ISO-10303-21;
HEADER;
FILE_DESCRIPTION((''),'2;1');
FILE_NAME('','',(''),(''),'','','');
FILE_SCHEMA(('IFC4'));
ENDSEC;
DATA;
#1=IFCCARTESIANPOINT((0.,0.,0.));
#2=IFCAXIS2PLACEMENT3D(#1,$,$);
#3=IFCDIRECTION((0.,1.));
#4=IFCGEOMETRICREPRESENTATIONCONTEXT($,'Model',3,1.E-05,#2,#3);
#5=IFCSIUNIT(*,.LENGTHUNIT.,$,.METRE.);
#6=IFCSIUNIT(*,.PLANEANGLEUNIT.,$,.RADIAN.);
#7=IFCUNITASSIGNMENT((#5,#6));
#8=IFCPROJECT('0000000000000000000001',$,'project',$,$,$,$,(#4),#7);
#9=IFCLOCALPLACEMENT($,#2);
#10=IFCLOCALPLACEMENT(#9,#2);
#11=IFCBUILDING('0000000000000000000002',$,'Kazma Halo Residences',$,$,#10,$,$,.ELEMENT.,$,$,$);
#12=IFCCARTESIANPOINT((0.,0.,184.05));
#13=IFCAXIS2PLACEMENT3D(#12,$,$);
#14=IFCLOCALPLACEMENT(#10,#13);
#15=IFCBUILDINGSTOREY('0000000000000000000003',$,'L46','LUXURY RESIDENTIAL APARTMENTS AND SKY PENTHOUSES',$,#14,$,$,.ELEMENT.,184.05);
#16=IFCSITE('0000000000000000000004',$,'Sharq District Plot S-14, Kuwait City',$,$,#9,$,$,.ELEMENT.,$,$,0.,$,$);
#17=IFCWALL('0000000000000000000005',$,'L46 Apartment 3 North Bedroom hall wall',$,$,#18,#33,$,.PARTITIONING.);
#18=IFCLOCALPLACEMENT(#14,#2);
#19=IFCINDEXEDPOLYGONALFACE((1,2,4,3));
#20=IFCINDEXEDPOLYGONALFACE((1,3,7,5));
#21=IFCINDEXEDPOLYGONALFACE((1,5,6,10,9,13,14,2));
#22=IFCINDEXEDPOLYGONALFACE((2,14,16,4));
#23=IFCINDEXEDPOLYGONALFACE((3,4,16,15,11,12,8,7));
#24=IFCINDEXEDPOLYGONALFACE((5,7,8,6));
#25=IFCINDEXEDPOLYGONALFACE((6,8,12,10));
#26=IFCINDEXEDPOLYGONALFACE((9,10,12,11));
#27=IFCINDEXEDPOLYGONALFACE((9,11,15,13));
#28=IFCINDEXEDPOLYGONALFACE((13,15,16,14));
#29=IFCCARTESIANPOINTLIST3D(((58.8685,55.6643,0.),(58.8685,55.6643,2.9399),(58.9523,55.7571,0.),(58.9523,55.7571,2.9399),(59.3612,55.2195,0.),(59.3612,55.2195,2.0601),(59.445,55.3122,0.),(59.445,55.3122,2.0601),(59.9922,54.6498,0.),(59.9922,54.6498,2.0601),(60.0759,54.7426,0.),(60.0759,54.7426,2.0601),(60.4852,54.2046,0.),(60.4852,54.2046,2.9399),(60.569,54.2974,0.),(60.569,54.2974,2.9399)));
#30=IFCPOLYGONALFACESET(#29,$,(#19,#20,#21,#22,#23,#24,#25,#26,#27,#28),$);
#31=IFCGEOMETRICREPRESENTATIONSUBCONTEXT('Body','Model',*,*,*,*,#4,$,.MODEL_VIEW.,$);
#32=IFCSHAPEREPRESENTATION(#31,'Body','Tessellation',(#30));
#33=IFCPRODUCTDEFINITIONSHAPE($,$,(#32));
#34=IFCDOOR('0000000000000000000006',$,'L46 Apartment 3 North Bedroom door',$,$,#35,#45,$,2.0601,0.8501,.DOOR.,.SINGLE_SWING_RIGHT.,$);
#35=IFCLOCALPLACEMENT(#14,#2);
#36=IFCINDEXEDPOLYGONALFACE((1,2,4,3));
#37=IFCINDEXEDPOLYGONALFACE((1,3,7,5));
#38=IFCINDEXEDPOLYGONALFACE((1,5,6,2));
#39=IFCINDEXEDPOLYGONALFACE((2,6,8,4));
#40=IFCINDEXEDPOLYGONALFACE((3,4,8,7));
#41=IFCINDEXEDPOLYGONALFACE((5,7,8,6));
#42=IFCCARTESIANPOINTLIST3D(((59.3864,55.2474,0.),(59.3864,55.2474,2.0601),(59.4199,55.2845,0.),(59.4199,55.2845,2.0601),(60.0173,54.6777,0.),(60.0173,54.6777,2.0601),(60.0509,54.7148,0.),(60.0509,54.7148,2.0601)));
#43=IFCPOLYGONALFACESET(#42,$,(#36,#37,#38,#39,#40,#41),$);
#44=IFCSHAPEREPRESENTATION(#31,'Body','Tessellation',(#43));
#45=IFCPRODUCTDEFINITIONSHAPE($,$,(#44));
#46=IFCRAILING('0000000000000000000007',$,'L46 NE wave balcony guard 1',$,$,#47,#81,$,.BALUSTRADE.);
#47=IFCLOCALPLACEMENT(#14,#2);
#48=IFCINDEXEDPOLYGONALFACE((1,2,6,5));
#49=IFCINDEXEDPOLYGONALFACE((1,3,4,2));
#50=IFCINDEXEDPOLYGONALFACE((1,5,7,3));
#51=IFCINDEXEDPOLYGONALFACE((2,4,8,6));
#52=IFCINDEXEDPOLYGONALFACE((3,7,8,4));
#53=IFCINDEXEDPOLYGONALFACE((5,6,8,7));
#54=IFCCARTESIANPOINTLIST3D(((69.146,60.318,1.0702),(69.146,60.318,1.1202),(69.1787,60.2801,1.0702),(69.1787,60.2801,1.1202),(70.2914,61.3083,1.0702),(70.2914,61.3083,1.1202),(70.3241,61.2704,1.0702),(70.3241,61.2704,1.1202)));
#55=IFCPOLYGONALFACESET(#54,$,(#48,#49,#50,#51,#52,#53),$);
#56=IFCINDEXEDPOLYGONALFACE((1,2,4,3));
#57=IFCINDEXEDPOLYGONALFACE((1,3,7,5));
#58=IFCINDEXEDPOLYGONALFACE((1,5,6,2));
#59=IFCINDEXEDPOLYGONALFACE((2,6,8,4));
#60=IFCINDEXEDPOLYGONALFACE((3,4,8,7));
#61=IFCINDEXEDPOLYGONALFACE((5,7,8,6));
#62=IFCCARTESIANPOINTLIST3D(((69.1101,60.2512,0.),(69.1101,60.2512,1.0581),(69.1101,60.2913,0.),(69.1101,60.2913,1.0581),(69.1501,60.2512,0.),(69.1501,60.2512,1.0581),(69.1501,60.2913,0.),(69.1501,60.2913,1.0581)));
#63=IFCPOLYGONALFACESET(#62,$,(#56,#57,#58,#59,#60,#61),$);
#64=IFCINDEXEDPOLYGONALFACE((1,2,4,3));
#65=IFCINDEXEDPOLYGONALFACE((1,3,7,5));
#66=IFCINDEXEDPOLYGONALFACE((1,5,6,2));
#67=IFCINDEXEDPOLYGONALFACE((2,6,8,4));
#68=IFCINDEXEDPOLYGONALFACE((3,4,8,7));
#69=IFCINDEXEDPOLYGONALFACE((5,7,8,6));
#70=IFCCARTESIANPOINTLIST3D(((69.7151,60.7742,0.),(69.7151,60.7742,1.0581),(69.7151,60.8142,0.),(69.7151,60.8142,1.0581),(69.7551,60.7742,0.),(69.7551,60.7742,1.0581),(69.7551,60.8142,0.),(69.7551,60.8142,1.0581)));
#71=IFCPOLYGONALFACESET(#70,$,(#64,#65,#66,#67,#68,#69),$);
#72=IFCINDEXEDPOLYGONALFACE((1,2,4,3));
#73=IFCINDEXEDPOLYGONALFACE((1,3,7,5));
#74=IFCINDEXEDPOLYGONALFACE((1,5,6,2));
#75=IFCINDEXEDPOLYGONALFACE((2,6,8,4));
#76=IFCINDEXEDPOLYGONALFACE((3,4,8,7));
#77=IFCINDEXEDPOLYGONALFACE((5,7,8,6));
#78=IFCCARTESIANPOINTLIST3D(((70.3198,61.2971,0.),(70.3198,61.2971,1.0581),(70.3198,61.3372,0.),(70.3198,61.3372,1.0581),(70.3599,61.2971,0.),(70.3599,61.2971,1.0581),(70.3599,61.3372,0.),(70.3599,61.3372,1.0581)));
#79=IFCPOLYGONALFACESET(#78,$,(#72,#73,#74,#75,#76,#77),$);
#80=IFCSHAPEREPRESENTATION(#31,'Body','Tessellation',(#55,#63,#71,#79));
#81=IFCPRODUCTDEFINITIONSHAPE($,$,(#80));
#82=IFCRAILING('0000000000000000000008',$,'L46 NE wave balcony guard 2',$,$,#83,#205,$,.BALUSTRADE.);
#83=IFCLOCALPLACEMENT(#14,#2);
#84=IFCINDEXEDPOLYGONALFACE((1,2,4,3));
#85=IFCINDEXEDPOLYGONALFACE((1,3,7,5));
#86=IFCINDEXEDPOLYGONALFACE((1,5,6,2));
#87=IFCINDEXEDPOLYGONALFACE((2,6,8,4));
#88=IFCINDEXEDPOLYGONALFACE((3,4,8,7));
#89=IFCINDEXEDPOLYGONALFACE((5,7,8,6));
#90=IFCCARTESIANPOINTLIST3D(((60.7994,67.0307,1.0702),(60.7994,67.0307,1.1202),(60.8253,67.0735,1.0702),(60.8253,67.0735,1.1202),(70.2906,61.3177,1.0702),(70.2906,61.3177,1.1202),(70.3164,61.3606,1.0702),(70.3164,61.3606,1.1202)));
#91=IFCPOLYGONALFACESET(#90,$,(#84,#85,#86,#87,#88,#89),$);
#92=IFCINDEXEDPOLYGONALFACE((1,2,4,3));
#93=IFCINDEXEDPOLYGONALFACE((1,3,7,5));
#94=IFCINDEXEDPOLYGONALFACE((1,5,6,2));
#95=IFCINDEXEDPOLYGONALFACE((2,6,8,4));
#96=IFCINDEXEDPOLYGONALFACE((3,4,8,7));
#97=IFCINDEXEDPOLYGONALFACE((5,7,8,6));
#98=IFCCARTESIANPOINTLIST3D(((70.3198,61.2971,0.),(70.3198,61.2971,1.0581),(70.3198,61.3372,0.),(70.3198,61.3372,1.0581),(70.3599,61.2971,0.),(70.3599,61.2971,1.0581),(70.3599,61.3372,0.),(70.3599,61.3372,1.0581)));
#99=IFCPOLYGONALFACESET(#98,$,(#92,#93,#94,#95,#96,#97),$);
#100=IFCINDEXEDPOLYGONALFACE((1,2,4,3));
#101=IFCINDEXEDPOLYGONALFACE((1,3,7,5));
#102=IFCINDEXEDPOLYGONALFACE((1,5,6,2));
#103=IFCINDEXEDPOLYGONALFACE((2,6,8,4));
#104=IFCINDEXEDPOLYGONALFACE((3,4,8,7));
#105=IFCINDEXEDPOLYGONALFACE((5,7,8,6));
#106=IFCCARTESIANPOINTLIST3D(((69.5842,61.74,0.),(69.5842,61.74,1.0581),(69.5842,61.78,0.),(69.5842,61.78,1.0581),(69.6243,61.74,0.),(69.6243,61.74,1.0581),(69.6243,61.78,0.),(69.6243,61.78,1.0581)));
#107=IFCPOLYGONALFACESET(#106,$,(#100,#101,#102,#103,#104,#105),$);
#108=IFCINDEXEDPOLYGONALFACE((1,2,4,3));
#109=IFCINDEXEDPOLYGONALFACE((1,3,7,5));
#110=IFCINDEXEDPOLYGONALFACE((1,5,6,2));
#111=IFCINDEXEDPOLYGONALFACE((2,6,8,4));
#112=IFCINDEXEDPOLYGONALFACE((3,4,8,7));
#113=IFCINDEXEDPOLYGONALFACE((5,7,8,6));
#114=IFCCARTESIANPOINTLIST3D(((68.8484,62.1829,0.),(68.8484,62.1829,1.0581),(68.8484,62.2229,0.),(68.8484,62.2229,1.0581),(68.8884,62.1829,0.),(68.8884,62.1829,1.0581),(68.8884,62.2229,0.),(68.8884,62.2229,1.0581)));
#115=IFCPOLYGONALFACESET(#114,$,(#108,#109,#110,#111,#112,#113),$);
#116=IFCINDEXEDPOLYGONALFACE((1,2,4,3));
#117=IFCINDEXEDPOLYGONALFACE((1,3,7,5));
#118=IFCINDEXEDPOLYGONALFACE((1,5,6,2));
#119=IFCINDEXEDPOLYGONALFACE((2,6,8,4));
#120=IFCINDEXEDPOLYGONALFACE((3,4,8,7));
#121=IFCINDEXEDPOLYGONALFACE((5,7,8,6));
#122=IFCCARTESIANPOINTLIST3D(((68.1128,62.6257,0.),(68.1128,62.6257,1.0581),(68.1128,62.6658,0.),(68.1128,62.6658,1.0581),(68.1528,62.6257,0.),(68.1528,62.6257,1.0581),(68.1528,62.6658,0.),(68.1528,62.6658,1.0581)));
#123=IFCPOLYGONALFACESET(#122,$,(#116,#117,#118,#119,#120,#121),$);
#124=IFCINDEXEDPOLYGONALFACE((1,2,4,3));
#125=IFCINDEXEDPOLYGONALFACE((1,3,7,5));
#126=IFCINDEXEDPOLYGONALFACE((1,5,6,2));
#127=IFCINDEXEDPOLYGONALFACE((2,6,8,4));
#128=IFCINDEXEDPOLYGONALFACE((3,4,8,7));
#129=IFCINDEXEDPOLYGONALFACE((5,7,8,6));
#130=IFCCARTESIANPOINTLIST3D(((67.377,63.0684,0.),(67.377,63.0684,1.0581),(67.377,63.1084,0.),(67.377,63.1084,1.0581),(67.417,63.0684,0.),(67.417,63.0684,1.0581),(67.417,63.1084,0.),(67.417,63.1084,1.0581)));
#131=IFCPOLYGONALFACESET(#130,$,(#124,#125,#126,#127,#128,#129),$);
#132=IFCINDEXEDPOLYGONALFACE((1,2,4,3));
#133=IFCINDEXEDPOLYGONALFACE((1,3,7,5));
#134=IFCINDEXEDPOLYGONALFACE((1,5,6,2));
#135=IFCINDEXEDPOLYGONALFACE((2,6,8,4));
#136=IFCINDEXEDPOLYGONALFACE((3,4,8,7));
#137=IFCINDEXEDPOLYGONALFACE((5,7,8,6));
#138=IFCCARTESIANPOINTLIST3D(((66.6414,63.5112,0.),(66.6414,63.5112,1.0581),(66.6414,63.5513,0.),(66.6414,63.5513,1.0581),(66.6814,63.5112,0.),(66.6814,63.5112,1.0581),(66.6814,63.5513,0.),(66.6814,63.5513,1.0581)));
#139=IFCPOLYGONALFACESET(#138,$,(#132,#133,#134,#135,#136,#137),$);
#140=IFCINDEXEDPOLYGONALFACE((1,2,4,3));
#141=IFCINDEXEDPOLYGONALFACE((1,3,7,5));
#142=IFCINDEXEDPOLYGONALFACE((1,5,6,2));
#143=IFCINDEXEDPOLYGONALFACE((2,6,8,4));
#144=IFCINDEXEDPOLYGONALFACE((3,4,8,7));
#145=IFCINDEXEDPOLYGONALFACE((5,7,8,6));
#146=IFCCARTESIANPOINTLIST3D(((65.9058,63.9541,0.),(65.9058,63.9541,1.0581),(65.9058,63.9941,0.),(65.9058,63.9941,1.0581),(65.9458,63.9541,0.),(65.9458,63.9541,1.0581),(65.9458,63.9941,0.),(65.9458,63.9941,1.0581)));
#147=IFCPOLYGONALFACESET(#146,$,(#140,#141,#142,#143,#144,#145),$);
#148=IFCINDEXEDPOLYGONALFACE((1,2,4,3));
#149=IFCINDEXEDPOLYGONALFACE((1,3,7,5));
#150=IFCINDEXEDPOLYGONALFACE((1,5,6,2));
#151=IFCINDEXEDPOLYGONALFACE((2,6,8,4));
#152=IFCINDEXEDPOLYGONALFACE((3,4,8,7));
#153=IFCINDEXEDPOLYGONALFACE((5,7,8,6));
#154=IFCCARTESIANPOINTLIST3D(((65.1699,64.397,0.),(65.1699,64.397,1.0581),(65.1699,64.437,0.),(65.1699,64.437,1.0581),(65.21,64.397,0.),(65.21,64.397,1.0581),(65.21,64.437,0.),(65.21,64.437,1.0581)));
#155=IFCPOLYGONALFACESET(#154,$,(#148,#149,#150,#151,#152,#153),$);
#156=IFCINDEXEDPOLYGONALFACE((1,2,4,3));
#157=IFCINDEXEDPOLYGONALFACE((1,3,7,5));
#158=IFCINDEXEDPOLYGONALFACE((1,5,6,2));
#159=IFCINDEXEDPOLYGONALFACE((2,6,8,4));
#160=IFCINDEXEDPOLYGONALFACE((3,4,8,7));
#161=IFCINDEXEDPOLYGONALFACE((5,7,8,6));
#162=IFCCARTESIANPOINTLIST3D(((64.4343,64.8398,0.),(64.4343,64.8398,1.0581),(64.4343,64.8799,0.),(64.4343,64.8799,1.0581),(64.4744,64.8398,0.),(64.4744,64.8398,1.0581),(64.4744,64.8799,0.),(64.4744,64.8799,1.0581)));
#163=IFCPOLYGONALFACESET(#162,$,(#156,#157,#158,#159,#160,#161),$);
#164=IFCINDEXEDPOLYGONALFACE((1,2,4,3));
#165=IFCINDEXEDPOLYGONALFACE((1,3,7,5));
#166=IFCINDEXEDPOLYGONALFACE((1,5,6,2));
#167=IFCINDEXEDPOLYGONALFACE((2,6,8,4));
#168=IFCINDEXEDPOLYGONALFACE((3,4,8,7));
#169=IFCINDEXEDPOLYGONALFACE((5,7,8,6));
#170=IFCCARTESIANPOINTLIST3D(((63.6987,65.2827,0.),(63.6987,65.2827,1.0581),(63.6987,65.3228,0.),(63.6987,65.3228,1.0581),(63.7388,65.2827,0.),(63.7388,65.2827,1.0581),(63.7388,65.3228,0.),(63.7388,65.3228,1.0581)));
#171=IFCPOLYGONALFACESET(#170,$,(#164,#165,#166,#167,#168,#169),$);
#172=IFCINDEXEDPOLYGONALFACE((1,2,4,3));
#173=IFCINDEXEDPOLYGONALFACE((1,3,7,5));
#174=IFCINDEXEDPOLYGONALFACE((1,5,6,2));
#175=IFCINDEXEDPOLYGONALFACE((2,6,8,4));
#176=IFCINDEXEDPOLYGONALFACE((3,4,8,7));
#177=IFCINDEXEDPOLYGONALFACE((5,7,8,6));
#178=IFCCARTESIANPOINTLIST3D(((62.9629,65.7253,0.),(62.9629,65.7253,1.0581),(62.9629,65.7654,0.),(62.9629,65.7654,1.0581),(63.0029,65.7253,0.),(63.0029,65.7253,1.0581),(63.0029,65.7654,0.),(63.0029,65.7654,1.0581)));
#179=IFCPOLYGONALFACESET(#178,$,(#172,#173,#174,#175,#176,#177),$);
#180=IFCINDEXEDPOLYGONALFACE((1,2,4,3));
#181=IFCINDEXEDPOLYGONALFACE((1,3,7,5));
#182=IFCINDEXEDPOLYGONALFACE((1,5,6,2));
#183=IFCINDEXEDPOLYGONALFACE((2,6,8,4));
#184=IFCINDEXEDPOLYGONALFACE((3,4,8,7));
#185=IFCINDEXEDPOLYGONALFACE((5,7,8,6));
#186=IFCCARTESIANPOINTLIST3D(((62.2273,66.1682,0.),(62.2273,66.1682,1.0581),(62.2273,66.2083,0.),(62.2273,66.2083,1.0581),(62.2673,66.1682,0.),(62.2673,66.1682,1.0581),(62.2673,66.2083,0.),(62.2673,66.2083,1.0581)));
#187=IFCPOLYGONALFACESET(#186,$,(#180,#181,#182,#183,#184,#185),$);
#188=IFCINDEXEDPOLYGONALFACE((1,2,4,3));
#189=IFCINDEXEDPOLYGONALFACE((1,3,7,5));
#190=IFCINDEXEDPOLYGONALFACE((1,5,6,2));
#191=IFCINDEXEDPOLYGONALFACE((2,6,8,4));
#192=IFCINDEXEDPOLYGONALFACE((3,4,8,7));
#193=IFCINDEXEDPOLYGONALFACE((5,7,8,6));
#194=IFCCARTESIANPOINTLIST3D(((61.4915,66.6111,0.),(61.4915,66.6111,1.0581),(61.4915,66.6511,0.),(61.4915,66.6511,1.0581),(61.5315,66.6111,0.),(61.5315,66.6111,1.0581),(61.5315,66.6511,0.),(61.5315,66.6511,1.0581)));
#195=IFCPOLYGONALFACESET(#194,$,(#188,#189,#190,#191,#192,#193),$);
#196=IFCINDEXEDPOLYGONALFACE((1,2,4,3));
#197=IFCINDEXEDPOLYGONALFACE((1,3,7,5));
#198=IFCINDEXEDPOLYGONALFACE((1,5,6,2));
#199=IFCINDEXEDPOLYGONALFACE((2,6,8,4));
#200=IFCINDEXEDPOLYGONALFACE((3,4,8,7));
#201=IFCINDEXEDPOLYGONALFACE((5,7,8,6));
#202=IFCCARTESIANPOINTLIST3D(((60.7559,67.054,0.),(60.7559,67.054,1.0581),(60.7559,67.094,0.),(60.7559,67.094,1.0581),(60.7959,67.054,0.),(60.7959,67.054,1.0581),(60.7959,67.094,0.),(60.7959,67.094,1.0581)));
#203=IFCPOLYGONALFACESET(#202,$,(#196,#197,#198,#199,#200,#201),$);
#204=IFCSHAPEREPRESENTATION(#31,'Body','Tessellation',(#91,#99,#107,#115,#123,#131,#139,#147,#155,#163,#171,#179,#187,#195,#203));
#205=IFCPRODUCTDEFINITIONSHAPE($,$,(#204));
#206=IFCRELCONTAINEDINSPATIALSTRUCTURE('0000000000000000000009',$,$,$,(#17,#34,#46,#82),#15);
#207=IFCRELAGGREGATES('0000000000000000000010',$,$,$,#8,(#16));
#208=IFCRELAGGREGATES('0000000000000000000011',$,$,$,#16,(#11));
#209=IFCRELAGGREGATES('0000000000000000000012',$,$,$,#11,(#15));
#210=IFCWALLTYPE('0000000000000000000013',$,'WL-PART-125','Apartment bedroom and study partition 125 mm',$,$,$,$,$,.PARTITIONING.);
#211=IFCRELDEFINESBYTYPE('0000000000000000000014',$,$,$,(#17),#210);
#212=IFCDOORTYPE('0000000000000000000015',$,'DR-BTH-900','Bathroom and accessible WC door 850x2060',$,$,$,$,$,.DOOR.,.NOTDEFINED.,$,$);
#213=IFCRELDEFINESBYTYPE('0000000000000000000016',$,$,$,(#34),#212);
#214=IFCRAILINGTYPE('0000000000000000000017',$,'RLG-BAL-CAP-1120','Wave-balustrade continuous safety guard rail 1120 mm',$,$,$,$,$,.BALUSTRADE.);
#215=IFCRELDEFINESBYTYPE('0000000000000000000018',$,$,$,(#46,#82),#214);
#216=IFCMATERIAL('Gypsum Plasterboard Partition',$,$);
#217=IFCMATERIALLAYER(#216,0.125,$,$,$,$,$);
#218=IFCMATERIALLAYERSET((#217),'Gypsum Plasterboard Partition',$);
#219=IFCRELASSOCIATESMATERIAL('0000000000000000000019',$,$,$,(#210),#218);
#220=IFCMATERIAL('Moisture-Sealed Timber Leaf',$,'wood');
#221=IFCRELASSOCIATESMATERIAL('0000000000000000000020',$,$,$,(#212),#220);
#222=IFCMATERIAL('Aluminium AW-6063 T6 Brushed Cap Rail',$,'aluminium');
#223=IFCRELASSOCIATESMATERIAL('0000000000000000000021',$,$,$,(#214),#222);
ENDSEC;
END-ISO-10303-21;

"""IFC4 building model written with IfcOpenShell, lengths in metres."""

from ifc_helpers import new_model, si_unit, direction, frame, frame_2d, origin, origin_2d, place, context, subcontext, project, spatial, rectangle, extrude, material, layer, layer_set, type_object, element, fill, save


model = new_model("IFC4")

# Units and contexts
model_context = context("Model", 3, precision=1e-05, world=origin(), true_north=direction((0.0, 1.0)))
body_context = subcontext(model_context, "Body", "Model", "MODEL_VIEW")
ifc_project = project(units=[si_unit("LENGTHUNIT", "METRE"), si_unit("PLANEANGLEUNIT", "RADIAN")], contexts=[model_context])

# Site, building, storey
site_placement = place(None, origin())
site = spatial("IfcSite", under=ifc_project, at=site_placement, Name="Sharq District Plot S-14, Kuwait City", CompositionType="ELEMENT", RefElevation=0.0)
building_placement = place(site_placement, origin())
building = spatial("IfcBuilding", under=site, at=building_placement, Name="Kazma Halo Residences", CompositionType="ELEMENT")
storey_placement = place(building_placement, frame((0.0, 0.0, 184.05)))
storey = spatial("IfcBuildingStorey", under=building, at=storey_placement, Name="L46", Description="LUXURY RESIDENTIAL APARTMENTS AND SKY PENTHOUSES", CompositionType="ELEMENT", Elevation=184.05)

# Shared definitions
ifc_material_1 = material(Name="Gypsum Plasterboard Partition")
ifc_layer_1 = layer(ifc_material_1, 0.125)
ifc_layer_set_1 = layer_set([ifc_layer_1], Name="Gypsum Plasterboard Partition")
wall_type_1 = type_object("IfcWallType", Name="WL-PART-125", Description="Apartment bedroom and study partition 125 mm", PredefinedType="PARTITIONING", material=ifc_layer_set_1)

# Wall, opening, door
wall_1_placement = place(storey_placement, frame((60.5271, 54.251, 0.0), z_axis=(0.0, 0.0, 1.0), x_axis=(-0.742223, 0.670153, 0.0)))
wall_1 = element("IfcWall", 1, at=wall_1_placement, inside=storey, type_object=wall_type_1, Name="L46 Apartment 3 North Bedroom hall wall", PredefinedType="PARTITIONING", context=body_context, shape_type="SweptSolid", body=[
    extrude(rectangle(XDim=2.1782, YDim=0.125, at=frame_2d((1.0891, 0.0))), origin(), (0.0, 0.0, 1.0), 2.9399),
])
opening_1_placement = place(wall_1_placement, frame((0.6643, 0.0, 0.0)))
opening_1 = element("IfcOpeningElement", 2, at=opening_1_placement, cuts=wall_1, PredefinedType="OPENING", context=body_context, shape_type="SweptSolid", body=[
    extrude(rectangle(XDim=0.8501, YDim=2.0601, at=frame_2d((0.425, 1.03))), frame((0.0, 0.0725, 0.0), z_axis=(0.0, -1.0, 0.0), x_axis=(1.0, 0.0, 0.0)), (0.0, 0.0, 1.0), 0.145),
])
ifc_material_2 = material(Name="Moisture-Sealed Timber Leaf", Category="wood")
door_type_1 = type_object("IfcDoorType", Name="DR-BTH-900", Description="Bathroom and accessible WC door 850x2060", OperationType="NOTDEFINED", PredefinedType="DOOR", material=ifc_material_2)
door_1_placement = place(opening_1_placement, origin())
door_1 = element("IfcDoor", 3, at=door_1_placement, inside=storey, type_object=door_type_1, Name="L46 Apartment 3 North Bedroom door", OperationType="SINGLE_SWING_RIGHT", OverallHeight=2.0601, OverallWidth=0.8501, PredefinedType="DOOR", context=body_context, shape_type="SweptSolid", body=[
    extrude(rectangle(XDim=0.8501, YDim=2.0601, at=frame_2d((0.425, 1.03))), frame((0.0, 0.0249, 0.0), z_axis=(0.0, -1.0, 0.0), x_axis=(1.0, 0.0, 0.0)), (0.0, 0.0, 1.0), 0.05),
])
fill(opening_1, door_1)

# Railings
ifc_material_3 = material(Name="Aluminium AW-6063 T6 Brushed Cap Rail", Category="aluminium")
railing_type = type_object("IfcRailingType", Name="RLG-BAL-CAP-1120", Description="Wave-balustrade continuous safety guard rail 1120 mm", PredefinedType="BALUSTRADE", material=ifc_material_3)
railing_1_placement = place(storey_placement, frame((69.1301, 60.2712, 0.0)))
element("IfcRailing", 4, at=railing_1_placement, inside=storey, type_object=railing_type, Name="L46 NE wave balcony guard 1", PredefinedType="BALUSTRADE", context=body_context, shape_type="SweptSolid", body=[
    extrude(rectangle(XDim=0.05, YDim=0.05, at=origin_2d()), frame((0.0322, 0.0278, 1.0952), z_axis=(0.756469, 0.654029, 0.0), x_axis=(-0.654029, 0.756469, 0.0)), (0.0, 0.0, 1.0), 1.5142),
    extrude(rectangle(XDim=0.04, YDim=0.04, at=origin_2d()), origin(), (0.0, 0.0, 1.0), 1.0581),
    extrude(rectangle(XDim=0.04, YDim=0.04, at=origin_2d()), frame((0.605, 0.5229, 0.0)), (0.0, 0.0, 1.0), 1.0581),
    extrude(rectangle(XDim=0.04, YDim=0.04, at=origin_2d()), frame((1.2097, 1.0459, 0.0)), (0.0, 0.0, 1.0), 1.0581),
])
railing_2_placement = place(storey_placement, frame((70.3398, 61.3171, 0.0)))
element("IfcRailing", 5, at=railing_2_placement, inside=storey, type_object=railing_type, Name="L46 NE wave balcony guard 2", PredefinedType="BALUSTRADE", context=body_context, shape_type="SweptSolid", body=[
    extrude(rectangle(XDim=0.05, YDim=0.05, at=origin_2d()), frame((-0.0364, 0.022, 1.0952), z_axis=(-0.856763, 0.515711, 0.0), x_axis=(-0.515711, -0.856763, 0.0)), (0.0, 0.0, 1.0), 11.0779),
    extrude(rectangle(XDim=0.04, YDim=0.04, at=origin_2d()), origin(), (0.0, 0.0, 1.0), 1.0581),
    extrude(rectangle(XDim=0.04, YDim=0.04, at=origin_2d()), frame((-0.7356, 0.4429, 0.0)), (0.0, 0.0, 1.0), 1.0581),
    extrude(rectangle(XDim=0.04, YDim=0.04, at=origin_2d()), frame((-1.4714, 0.8857, 0.0)), (0.0, 0.0, 1.0), 1.0581),
    extrude(rectangle(XDim=0.04, YDim=0.04, at=origin_2d()), frame((-2.207, 1.3286, 0.0)), (0.0, 0.0, 1.0), 1.0581),
    extrude(rectangle(XDim=0.04, YDim=0.04, at=origin_2d()), frame((-2.9429, 1.7712, 0.0)), (0.0, 0.0, 1.0), 1.0581),
    extrude(rectangle(XDim=0.04, YDim=0.04, at=origin_2d()), frame((-3.6785, 2.2141, 0.0)), (0.0, 0.0, 1.0), 1.0581),
    extrude(rectangle(XDim=0.04, YDim=0.04, at=origin_2d()), frame((-4.4141, 2.657, 0.0)), (0.0, 0.0, 1.0), 1.0581),
    extrude(rectangle(XDim=0.04, YDim=0.04, at=origin_2d()), frame((-5.1499, 3.0999, 0.0)), (0.0, 0.0, 1.0), 1.0581),
    extrude(rectangle(XDim=0.04, YDim=0.04, at=origin_2d()), frame((-5.8855, 3.5427, 0.0)), (0.0, 0.0, 1.0), 1.0581),
    extrude(rectangle(XDim=0.04, YDim=0.04, at=origin_2d()), frame((-6.6211, 3.9856, 0.0)), (0.0, 0.0, 1.0), 1.0581),
    extrude(rectangle(XDim=0.04, YDim=0.04, at=origin_2d()), frame((-7.3569, 4.4282, 0.0)), (0.0, 0.0, 1.0), 1.0581),
    extrude(rectangle(XDim=0.04, YDim=0.04, at=origin_2d()), frame((-8.0925, 4.8711, 0.0)), (0.0, 0.0, 1.0), 1.0581),
    extrude(rectangle(XDim=0.04, YDim=0.04, at=origin_2d()), frame((-8.8284, 5.314, 0.0)), (0.0, 0.0, 1.0), 1.0581),
    extrude(rectangle(XDim=0.04, YDim=0.04, at=origin_2d()), frame((-9.564, 5.7568, 0.0)), (0.0, 0.0, 1.0), 1.0581),
])

save(model, "model.ifc")
